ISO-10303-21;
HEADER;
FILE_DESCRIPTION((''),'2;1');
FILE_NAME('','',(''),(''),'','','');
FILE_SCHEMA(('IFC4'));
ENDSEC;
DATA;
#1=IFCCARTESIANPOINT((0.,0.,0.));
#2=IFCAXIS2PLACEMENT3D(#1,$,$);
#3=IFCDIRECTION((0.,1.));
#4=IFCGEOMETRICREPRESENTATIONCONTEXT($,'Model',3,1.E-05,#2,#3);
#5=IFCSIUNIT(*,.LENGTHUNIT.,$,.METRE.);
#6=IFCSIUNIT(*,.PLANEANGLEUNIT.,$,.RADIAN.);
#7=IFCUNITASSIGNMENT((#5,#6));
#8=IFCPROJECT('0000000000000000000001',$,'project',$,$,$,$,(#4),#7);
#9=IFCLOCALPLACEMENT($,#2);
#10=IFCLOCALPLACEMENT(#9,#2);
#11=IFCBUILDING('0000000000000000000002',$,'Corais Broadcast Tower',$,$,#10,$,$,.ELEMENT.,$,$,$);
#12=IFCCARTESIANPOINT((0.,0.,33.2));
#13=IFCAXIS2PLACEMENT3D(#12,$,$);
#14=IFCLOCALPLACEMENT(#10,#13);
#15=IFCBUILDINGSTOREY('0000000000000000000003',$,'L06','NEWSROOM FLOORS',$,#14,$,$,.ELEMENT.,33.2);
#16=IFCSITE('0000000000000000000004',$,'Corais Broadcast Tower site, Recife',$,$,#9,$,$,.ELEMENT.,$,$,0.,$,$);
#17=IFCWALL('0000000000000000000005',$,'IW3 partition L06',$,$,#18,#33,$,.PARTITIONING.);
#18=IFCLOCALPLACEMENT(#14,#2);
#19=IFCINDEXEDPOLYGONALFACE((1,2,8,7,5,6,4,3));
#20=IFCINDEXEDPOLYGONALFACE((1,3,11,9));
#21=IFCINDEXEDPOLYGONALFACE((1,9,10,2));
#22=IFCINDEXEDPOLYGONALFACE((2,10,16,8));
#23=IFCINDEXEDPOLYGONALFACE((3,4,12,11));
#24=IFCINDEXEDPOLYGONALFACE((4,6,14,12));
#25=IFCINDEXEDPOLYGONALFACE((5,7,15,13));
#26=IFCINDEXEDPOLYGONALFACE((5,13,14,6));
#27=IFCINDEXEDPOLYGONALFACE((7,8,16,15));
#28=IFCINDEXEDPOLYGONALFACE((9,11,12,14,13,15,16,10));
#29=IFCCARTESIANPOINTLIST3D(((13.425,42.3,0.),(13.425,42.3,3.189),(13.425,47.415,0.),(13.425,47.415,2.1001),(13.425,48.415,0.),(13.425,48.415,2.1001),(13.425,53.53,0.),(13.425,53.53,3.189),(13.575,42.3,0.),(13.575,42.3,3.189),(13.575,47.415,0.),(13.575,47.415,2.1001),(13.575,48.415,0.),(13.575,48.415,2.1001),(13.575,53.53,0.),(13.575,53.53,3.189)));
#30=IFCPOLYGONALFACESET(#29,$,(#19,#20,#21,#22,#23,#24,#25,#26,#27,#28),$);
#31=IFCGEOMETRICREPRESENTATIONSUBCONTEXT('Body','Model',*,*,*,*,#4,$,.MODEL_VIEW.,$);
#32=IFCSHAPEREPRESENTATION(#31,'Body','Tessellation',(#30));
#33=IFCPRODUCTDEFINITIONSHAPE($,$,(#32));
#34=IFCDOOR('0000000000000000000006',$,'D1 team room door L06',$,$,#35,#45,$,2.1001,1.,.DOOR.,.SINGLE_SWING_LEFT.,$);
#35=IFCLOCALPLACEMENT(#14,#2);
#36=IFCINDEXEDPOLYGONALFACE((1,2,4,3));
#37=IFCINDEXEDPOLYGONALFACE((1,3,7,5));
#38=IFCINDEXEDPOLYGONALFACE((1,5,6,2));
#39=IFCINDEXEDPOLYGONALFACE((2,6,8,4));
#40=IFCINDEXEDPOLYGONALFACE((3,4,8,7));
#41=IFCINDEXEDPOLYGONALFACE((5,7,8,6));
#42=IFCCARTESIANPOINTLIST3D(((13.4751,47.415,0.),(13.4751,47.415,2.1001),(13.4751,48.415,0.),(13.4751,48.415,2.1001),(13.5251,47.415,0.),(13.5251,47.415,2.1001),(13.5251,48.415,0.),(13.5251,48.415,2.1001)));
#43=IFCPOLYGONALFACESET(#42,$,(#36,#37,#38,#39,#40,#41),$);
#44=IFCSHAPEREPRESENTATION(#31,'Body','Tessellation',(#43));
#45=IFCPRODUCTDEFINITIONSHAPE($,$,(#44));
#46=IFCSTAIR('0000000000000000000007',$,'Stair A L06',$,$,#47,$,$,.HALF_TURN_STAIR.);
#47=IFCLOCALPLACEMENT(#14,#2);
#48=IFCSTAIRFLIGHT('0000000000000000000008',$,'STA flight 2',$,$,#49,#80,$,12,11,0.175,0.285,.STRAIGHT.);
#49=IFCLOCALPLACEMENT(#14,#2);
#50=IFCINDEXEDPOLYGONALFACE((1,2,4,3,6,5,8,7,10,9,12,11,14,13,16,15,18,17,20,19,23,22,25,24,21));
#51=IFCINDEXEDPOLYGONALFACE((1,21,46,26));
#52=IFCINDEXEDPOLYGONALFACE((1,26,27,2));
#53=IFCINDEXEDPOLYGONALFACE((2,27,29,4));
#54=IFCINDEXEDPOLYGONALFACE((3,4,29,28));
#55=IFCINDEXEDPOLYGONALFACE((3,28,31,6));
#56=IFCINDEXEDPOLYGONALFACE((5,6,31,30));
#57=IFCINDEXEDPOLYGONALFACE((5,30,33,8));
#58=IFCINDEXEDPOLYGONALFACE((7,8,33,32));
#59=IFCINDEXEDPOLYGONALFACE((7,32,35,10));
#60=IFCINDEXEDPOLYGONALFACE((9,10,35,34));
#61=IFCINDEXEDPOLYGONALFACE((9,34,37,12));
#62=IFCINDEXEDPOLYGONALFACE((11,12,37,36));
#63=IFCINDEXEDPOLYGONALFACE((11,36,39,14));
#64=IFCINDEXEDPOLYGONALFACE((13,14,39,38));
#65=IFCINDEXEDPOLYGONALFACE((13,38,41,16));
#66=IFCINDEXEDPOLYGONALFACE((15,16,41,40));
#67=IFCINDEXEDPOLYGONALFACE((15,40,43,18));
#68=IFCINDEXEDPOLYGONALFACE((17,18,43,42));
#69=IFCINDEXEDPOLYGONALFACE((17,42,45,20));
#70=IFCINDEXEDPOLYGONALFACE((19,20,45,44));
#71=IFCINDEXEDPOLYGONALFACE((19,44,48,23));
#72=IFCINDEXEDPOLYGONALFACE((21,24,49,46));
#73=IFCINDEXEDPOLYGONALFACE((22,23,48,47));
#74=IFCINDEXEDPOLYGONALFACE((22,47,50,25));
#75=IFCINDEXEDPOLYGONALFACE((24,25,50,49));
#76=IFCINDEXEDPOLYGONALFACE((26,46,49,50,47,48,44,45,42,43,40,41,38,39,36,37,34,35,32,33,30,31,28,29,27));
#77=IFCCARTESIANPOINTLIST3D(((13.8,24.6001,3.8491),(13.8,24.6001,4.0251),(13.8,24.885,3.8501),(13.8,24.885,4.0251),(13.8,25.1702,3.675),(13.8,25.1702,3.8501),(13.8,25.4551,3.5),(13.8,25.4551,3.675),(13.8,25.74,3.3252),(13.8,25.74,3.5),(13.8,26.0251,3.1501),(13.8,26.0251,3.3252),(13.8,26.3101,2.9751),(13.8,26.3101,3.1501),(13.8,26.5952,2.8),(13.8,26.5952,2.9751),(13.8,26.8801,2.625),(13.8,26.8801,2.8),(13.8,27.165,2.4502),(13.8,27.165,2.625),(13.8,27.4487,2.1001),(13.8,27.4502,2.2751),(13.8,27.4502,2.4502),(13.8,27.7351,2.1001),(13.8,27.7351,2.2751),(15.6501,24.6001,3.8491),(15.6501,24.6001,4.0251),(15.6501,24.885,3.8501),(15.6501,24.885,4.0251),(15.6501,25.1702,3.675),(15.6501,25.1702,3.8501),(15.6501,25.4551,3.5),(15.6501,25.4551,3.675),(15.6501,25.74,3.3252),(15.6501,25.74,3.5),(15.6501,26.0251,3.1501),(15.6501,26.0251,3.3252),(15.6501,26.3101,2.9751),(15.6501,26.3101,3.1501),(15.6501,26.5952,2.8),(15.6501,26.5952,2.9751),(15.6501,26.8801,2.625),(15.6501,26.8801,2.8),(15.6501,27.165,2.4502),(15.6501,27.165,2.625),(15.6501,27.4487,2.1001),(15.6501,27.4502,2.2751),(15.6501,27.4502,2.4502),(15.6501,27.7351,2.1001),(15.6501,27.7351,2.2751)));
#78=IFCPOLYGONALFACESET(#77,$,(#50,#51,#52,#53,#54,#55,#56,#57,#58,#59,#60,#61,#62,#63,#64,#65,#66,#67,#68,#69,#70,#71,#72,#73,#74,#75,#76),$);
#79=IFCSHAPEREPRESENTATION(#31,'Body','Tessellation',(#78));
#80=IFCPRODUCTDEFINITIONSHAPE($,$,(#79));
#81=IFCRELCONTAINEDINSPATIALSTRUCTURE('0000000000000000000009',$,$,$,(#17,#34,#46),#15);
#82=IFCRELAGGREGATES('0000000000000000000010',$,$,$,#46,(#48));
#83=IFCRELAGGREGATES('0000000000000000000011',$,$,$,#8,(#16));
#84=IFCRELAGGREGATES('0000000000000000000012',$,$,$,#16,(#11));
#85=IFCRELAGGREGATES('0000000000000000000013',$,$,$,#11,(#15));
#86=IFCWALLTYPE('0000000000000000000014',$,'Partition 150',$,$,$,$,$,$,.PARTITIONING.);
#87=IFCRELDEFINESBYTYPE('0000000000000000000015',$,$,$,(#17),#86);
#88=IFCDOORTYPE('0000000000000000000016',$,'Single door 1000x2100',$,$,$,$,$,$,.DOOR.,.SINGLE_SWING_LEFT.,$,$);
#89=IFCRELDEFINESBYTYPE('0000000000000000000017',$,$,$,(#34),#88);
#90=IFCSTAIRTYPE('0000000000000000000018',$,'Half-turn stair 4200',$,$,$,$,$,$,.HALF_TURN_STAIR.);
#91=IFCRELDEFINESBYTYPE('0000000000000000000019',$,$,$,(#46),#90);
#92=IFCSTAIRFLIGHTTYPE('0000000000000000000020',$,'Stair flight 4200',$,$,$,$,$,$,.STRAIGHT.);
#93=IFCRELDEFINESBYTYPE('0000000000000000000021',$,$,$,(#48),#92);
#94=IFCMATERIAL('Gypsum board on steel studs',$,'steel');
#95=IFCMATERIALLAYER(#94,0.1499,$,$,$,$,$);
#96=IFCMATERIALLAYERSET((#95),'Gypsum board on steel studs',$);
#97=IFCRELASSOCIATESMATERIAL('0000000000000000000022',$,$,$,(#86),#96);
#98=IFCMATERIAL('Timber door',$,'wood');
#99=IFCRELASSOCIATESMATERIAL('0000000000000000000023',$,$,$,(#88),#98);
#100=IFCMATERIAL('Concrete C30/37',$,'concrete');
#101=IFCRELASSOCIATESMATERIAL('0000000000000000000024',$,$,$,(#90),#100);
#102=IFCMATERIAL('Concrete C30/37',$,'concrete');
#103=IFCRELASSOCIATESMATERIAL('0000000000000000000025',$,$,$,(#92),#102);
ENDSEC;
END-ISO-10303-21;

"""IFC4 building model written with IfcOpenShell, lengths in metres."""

from ifc_helpers import new_model, si_unit, direction, frame, frame_2d, origin, place, context, subcontext, project, spatial, polyline, rectangle, outline, extrude, material, layer, layer_set, type_object, element, fill, aggregate, save


model = new_model("IFC4")

# Units and contexts
model_context = context("Model", 3, precision=1e-05, world=origin(), true_north=direction((0.0, 1.0)))
body_context = subcontext(model_context, "Body", "Model", "MODEL_VIEW")
ifc_project = project(units=[si_unit("LENGTHUNIT", "METRE"), si_unit("PLANEANGLEUNIT", "RADIAN")], contexts=[model_context])

# Site, building, storey
site_placement = place(None, origin())
site = spatial("IfcSite", under=ifc_project, at=site_placement, Name="Corais Broadcast Tower site, Recife", CompositionType="ELEMENT", RefElevation=0.0)
building_placement = place(site_placement, origin())
building = spatial("IfcBuilding", under=site, at=building_placement, Name="Corais Broadcast Tower", CompositionType="ELEMENT")
storey_placement = place(building_placement, frame((0.0, 0.0, 33.2)))
storey = spatial("IfcBuildingStorey", under=building, at=storey_placement, Name="L06", Description="NEWSROOM FLOORS", CompositionType="ELEMENT", Elevation=33.2)

# Shared definitions
ifc_material_1 = material(Name="Gypsum board on steel studs", Category="steel")
ifc_layer_1 = layer(ifc_material_1, 0.1499)
ifc_layer_set_1 = layer_set([ifc_layer_1], Name="Gypsum board on steel studs")
wall_type_1 = type_object("IfcWallType", Name="Partition 150", PredefinedType="PARTITIONING", material=ifc_layer_set_1)
ifc_material_2 = material(Name="Timber door", Category="wood")
door_type_1 = type_object("IfcDoorType", Name="Single door 1000x2100", OperationType="SINGLE_SWING_LEFT", PredefinedType="DOOR", material=ifc_material_2)

# Wall, opening, door
wall_1_placement = place(storey_placement, frame((13.5, 42.3, 0.0), z_axis=(0.0, 0.0, 1.0), x_axis=(0.0, 1.0, 0.0)))
wall_1 = element("IfcWall", 1, at=wall_1_placement, inside=storey, type_object=wall_type_1, Name="IW3 partition L06", PredefinedType="PARTITIONING", context=body_context, shape_type="SweptSolid", body=[
    extrude(rectangle(XDim=11.23, YDim=0.1499, at=frame_2d((5.615, 0.0))), origin(), (0.0, 0.0, 1.0), 3.189),
])
opening_1_placement = place(wall_1_placement, frame((5.115, 0.0, 0.0)))
opening_1 = element("IfcOpeningElement", 2, at=opening_1_placement, cuts=wall_1, PredefinedType="OPENING", context=body_context, shape_type="SweptSolid", body=[
    extrude(rectangle(XDim=1.0, YDim=2.1001, at=frame_2d((0.5, 1.05))), frame((0.0, 0.085, 0.0), z_axis=(0.0, -1.0, 0.0), x_axis=(1.0, 0.0, 0.0)), (0.0, 0.0, 1.0), 0.1699),
])
door_1_placement = place(opening_1_placement, origin())
door_1 = element("IfcDoor", 3, at=door_1_placement, inside=storey, type_object=door_type_1, Name="D1 team room door L06", OperationType="SINGLE_SWING_LEFT", OverallHeight=2.1001, OverallWidth=1.0, PredefinedType="DOOR", context=body_context, shape_type="SweptSolid", body=[
    extrude(rectangle(XDim=1.0, YDim=2.1001, at=frame_2d((0.5, 1.05))), frame((0.0, 0.0249, 0.0), z_axis=(0.0, -1.0, 0.0), x_axis=(1.0, 0.0, 0.0)), (0.0, 0.0, 1.0), 0.05),
])
fill(opening_1, door_1)

# Stair, stair flight
ifc_material_3 = material(Name="Concrete C30/37", Category="concrete")
stair_type = type_object("IfcStairType", Name="Half-turn stair 4200", PredefinedType="HALF_TURN_STAIR", material=ifc_material_3)
stair_placement = place(storey_placement, origin())
stair = element("IfcStair", 4, at=stair_placement, inside=storey, type_object=stair_type, Name="Stair A L06", PredefinedType="HALF_TURN_STAIR")
ifc_material_4 = material(Name="Concrete C30/37", Category="concrete")
stair_flight_type = type_object("IfcStairFlightType", Name="Stair flight 4200", PredefinedType="STRAIGHT", material=ifc_material_4)
stair_flight_placement = place(storey_placement, frame((14.7251, 27.7351, 2.1001), z_axis=(0.0, 0.0, 1.0), x_axis=(0.0, -1.0, 0.0)))
stair_flight = element("IfcStairFlight", 5, at=stair_flight_placement, type_object=stair_flight_type, Name="STA flight 2", NumberOfRisers=12, NumberOfTreads=11, PredefinedType="STRAIGHT", RiserHeight=0.175, TreadLength=0.285, context=body_context, shape_type="SweptSolid", body=[
    extrude(outline(polyline([(0.0, 0.0), (0.0, 0.175), (0.2849, 0.175), (0.2849, 0.3501), (0.5701, 0.3501), (0.5701, 0.5249), (0.855, 0.5249), (0.855, 0.7), (1.1399, 0.7), (1.1399, 0.875), (1.425, 0.875), (1.425, 1.05), (1.71, 1.05), (1.71, 1.2251), (1.9951, 1.2251), (1.9951, 1.3999), (2.28, 1.3999), (2.28, 1.575), (2.5649, 1.575), (2.5649, 1.75), (2.8501, 1.75), (2.8501, 1.925), (3.135, 1.925), (3.135, 2.1001), (3.135, 1.749), (0.2864, 0.0), (0.0, 0.0)])), frame((0.0, 0.925, 0.0), z_axis=(0.0, -1.0, 0.0), x_axis=(1.0, 0.0, 0.0)), (0.0, 0.0, 1.0), 1.8501),
])
aggregate(stair, [stair_flight])

save(model, "model.ifc")
